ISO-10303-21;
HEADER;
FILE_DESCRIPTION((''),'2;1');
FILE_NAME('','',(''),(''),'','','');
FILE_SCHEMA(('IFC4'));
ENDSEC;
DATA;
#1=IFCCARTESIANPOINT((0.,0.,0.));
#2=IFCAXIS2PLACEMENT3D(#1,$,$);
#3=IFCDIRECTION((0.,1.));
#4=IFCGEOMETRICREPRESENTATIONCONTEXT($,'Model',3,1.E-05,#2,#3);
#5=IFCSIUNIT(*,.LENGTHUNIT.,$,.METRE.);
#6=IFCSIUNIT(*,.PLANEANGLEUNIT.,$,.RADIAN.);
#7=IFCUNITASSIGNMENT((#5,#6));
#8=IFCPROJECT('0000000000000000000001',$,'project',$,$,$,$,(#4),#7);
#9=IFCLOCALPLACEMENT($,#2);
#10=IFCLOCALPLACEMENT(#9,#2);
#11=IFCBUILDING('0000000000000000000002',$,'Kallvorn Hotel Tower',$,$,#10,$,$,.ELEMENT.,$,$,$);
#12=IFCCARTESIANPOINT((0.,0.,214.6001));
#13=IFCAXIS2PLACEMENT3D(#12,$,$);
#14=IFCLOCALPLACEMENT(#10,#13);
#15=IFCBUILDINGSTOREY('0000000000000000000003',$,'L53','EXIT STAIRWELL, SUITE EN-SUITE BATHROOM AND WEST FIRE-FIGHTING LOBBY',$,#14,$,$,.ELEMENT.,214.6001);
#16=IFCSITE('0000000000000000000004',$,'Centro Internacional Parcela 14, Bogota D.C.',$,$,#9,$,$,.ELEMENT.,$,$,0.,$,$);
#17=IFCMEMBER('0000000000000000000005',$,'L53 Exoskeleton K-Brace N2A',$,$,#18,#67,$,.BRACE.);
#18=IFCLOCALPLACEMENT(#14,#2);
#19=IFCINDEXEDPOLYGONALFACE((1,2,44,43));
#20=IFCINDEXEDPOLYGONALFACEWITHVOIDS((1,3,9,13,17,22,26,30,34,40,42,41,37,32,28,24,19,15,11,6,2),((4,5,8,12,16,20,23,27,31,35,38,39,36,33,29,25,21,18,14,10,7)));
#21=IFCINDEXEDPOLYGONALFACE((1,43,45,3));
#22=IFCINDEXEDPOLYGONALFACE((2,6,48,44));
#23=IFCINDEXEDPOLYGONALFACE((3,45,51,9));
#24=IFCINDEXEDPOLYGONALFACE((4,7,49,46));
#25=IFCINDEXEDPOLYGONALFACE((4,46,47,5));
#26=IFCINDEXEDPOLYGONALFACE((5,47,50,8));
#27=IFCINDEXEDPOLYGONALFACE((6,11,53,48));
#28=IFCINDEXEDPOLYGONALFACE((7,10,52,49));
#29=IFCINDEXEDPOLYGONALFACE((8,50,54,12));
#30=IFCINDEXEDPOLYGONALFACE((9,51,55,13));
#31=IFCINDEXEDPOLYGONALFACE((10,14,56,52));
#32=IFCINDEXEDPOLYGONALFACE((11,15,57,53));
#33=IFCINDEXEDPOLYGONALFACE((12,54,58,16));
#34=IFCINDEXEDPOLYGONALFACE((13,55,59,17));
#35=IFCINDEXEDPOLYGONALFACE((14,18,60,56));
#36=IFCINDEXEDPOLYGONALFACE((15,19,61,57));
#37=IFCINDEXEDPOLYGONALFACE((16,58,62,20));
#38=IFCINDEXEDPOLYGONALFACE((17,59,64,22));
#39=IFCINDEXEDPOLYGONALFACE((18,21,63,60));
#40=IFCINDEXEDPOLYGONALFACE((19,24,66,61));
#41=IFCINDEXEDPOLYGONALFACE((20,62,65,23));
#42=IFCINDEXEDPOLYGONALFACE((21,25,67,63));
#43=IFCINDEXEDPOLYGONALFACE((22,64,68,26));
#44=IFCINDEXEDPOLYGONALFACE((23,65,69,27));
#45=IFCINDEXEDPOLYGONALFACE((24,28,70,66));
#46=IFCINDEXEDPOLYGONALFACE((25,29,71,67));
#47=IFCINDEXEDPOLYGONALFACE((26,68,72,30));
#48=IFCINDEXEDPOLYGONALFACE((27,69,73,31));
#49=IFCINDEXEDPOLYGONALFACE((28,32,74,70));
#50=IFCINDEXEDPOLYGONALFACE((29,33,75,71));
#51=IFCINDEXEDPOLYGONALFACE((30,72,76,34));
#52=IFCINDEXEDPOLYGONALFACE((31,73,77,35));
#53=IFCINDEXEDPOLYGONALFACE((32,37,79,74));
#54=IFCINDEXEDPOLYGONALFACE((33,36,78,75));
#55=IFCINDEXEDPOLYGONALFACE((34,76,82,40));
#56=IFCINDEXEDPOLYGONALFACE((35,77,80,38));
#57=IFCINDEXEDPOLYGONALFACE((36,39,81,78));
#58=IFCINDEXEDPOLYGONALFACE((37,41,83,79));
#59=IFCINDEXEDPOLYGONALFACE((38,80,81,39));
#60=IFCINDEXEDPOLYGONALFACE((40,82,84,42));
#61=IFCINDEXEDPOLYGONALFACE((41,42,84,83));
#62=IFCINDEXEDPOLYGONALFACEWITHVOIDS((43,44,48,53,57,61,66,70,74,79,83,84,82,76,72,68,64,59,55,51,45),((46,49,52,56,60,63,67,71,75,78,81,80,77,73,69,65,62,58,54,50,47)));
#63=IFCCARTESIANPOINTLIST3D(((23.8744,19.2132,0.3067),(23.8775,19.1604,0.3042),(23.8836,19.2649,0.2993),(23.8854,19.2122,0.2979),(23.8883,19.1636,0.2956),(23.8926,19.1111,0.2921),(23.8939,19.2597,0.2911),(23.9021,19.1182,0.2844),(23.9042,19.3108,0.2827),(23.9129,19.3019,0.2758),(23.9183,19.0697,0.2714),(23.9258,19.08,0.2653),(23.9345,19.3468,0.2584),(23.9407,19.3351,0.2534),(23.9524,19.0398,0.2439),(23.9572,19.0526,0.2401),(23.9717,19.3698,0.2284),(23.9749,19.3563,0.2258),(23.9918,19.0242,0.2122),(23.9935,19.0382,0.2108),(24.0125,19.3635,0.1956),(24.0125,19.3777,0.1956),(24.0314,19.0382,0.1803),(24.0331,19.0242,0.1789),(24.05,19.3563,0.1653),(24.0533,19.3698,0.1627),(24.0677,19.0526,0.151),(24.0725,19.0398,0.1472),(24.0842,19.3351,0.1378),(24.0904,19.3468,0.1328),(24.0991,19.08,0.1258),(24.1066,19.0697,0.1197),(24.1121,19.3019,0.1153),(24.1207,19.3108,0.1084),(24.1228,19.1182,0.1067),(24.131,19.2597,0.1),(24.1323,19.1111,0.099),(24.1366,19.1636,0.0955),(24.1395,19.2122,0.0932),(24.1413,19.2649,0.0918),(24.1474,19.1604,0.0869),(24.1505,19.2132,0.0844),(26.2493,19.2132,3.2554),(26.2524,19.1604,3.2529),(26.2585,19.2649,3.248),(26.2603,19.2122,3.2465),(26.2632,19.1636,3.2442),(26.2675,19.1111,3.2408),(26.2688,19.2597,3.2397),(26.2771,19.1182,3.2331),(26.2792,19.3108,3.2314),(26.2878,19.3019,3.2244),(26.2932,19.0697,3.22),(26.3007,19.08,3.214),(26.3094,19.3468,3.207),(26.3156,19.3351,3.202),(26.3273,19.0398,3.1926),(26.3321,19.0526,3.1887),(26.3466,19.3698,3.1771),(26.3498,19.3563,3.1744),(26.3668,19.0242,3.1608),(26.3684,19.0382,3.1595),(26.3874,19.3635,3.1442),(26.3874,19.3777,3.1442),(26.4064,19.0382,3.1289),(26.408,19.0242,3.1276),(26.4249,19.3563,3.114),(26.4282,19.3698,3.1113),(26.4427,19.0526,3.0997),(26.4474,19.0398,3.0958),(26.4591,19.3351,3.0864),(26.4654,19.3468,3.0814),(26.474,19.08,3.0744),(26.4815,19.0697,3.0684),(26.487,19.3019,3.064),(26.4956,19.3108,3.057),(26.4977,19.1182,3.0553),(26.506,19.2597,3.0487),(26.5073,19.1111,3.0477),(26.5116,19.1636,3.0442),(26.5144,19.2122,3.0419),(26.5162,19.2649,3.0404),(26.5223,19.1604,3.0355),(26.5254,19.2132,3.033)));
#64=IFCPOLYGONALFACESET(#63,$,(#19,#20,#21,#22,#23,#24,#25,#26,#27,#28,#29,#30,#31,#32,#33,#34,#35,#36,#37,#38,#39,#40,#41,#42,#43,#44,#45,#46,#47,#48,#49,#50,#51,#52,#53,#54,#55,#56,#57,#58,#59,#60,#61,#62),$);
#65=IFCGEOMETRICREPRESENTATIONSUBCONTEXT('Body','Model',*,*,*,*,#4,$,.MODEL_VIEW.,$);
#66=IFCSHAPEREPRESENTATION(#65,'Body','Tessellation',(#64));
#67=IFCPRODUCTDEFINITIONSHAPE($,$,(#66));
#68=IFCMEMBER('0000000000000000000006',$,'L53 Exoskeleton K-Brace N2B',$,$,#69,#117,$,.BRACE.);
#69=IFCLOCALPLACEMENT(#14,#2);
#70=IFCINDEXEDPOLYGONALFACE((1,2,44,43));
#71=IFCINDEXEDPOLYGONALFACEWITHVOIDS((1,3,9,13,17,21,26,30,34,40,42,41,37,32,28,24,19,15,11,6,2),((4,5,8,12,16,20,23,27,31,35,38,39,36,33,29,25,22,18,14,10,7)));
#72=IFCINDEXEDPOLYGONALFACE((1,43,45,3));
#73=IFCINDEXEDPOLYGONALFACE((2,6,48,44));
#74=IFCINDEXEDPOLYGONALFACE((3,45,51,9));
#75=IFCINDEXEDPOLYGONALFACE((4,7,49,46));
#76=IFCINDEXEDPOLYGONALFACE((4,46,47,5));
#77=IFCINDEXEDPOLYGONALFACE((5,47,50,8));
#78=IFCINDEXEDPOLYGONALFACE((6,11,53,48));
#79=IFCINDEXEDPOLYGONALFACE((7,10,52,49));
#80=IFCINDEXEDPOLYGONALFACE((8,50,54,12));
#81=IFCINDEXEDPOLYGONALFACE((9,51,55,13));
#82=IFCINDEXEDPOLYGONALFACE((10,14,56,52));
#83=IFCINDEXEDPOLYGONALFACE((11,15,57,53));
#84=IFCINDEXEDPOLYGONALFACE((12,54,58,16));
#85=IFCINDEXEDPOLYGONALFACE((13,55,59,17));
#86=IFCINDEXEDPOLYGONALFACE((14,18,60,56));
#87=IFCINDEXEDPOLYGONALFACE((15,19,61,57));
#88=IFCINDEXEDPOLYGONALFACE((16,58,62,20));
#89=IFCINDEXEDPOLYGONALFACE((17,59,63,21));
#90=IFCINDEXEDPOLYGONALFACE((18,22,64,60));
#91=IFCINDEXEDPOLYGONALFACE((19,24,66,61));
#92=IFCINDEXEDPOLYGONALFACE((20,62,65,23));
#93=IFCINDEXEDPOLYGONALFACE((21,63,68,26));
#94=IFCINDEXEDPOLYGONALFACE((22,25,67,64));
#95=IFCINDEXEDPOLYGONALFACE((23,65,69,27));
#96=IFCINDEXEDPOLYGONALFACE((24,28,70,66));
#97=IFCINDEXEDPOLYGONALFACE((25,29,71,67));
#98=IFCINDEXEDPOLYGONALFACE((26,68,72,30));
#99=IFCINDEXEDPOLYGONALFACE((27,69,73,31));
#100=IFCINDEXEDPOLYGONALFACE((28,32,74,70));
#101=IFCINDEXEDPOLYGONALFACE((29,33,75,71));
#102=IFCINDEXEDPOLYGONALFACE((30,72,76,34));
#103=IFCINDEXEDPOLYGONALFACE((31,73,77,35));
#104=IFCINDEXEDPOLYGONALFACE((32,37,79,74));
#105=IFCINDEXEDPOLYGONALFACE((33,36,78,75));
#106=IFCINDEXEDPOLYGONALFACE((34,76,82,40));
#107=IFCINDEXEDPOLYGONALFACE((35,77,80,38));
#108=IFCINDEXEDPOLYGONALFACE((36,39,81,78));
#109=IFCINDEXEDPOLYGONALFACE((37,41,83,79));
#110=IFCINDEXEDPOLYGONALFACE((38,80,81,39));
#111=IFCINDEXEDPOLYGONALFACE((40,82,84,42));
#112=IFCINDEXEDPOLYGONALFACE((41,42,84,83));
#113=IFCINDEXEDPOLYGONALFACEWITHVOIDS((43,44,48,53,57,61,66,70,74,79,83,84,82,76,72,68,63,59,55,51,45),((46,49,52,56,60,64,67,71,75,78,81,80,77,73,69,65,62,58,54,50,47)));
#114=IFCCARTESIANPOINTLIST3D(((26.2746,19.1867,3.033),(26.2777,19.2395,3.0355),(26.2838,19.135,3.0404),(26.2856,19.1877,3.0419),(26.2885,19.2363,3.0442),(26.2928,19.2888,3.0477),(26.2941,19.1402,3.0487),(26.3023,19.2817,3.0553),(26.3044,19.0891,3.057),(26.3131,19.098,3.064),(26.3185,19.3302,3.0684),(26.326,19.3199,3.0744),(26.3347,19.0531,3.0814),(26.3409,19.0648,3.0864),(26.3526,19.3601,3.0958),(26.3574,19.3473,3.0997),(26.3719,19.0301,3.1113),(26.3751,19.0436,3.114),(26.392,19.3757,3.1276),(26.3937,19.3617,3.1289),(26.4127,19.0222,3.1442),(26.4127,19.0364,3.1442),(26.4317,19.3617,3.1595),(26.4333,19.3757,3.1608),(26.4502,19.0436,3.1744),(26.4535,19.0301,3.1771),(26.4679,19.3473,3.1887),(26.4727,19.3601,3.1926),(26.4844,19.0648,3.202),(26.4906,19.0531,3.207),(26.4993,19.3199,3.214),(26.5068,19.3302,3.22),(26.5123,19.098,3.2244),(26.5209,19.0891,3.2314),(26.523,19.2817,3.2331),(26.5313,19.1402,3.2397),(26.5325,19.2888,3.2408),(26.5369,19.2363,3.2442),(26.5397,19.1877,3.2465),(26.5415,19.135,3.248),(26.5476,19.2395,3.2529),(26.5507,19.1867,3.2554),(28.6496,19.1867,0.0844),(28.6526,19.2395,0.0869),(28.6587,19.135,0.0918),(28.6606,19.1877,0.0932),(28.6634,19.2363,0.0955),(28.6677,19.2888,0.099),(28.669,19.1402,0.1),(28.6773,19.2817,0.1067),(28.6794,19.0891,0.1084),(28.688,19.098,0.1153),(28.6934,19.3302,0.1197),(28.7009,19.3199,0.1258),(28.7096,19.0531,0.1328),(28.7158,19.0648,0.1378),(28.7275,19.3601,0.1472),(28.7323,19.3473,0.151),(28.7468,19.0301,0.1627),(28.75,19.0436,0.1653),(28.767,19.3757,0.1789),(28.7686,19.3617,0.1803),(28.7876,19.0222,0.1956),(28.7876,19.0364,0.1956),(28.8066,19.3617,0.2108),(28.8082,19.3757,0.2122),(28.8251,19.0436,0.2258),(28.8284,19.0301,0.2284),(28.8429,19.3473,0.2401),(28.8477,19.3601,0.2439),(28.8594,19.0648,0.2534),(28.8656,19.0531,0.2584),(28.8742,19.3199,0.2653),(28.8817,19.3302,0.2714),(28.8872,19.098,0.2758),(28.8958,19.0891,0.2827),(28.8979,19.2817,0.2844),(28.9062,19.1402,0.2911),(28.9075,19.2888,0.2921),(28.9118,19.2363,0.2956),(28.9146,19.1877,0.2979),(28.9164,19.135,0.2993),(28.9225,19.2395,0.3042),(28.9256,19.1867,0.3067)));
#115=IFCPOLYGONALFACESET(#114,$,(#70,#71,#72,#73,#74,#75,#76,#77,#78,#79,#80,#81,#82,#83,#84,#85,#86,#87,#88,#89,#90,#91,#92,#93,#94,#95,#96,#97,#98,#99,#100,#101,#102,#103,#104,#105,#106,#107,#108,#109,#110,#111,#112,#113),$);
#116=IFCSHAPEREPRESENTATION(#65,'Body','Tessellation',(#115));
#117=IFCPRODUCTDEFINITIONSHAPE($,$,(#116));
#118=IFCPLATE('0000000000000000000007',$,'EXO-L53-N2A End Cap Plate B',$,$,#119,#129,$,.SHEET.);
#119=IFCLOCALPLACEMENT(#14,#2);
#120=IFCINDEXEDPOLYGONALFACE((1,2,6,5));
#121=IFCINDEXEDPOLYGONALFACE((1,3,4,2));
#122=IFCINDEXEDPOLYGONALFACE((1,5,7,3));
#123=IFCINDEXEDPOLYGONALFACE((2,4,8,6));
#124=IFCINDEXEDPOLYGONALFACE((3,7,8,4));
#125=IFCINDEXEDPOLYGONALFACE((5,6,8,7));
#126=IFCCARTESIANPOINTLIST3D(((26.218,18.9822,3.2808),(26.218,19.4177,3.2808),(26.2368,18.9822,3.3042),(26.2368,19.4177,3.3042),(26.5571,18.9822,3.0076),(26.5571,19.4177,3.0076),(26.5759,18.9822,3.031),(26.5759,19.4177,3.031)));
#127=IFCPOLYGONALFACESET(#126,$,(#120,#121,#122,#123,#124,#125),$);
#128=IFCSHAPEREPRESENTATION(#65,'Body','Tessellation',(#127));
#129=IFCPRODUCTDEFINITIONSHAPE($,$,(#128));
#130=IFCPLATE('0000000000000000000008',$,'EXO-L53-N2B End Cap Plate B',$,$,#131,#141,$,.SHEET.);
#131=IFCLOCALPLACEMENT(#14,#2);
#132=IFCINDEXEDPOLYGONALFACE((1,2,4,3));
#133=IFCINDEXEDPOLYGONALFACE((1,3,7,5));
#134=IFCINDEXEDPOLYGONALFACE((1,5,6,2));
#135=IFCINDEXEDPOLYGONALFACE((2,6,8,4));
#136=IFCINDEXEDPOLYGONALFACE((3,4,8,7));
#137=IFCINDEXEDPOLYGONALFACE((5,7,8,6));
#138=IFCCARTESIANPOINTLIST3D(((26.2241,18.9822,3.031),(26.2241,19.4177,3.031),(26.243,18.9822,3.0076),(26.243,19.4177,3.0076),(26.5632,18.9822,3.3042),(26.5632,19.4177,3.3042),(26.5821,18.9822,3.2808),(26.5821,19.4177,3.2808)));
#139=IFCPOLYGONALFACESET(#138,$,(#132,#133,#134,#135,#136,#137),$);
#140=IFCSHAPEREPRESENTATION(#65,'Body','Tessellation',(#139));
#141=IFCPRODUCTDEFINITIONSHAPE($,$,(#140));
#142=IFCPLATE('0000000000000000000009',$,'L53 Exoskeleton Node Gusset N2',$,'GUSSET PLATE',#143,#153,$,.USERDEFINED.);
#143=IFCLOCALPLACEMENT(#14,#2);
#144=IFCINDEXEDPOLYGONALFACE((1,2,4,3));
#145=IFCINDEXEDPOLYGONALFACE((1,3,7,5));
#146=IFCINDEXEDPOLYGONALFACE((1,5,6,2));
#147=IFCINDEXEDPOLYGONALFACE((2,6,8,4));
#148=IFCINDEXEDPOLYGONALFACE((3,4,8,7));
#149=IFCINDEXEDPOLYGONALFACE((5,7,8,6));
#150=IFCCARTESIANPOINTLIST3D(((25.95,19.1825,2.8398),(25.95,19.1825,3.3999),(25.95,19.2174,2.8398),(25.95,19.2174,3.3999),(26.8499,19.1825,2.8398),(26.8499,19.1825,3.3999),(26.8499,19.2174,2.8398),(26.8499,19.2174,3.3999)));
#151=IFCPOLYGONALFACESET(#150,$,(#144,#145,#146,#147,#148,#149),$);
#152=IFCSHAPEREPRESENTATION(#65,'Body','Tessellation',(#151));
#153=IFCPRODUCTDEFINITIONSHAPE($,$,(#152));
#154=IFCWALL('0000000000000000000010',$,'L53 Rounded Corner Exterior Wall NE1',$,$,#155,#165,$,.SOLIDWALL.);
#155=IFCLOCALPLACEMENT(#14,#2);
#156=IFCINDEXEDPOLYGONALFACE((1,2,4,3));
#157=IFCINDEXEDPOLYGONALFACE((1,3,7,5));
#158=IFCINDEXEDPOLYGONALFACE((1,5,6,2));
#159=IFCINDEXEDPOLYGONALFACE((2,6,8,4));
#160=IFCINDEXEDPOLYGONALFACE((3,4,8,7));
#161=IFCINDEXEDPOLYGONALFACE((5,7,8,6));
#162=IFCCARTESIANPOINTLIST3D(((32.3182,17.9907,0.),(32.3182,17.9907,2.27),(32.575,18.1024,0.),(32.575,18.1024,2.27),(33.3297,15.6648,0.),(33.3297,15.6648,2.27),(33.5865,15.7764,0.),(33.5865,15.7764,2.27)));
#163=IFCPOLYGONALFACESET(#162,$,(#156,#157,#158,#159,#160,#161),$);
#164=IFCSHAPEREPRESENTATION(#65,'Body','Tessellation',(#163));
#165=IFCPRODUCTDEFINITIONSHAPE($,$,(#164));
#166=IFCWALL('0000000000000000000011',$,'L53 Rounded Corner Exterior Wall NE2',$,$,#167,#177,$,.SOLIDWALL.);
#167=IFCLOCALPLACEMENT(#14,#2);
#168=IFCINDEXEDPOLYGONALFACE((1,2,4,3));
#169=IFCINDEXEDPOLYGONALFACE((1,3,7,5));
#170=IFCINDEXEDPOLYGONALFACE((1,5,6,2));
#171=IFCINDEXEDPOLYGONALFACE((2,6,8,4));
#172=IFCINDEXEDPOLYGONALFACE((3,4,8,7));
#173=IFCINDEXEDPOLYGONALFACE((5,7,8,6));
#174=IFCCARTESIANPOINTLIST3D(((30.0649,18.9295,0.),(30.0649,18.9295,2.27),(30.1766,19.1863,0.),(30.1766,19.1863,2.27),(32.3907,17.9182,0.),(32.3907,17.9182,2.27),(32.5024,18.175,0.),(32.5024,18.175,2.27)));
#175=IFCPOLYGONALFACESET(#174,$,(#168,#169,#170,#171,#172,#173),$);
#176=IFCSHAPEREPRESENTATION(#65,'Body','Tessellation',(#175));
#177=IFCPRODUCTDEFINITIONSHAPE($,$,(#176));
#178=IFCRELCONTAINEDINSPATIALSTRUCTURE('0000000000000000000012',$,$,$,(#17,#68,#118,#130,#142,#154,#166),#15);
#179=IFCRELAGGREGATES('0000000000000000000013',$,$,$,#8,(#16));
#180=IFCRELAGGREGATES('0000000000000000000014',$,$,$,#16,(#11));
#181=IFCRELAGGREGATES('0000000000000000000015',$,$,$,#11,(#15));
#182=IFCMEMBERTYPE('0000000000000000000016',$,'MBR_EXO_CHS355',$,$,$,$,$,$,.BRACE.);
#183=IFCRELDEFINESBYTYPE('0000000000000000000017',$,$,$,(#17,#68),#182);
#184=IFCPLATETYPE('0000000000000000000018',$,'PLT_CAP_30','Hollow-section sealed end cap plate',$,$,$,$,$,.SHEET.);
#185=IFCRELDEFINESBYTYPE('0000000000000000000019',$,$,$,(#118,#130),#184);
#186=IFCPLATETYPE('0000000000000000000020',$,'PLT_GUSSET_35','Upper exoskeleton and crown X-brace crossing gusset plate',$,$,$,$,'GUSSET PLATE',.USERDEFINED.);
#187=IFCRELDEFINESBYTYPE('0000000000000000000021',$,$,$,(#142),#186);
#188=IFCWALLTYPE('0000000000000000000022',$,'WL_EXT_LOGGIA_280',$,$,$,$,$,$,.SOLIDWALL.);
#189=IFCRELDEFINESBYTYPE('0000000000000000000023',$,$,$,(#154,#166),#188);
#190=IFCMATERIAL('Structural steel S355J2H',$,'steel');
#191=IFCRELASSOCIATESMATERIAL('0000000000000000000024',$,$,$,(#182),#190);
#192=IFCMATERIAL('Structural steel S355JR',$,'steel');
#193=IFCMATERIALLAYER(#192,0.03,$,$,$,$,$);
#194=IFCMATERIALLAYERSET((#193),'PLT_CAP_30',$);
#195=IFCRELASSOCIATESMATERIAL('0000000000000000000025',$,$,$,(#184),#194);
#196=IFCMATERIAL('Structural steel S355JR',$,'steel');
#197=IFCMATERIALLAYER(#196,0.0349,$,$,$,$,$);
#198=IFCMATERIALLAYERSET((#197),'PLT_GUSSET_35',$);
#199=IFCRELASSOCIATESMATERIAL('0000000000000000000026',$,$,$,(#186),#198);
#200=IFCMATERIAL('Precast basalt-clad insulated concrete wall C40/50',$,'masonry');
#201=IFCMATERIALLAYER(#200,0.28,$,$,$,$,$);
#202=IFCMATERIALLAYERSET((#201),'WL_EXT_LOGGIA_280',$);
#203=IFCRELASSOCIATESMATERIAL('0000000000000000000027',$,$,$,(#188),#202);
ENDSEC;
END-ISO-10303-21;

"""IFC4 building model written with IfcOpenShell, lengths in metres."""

from ifc_helpers import new_model, si_unit, direction, frame, frame_2d, origin, origin_2d, place, context, subcontext, project, spatial, polyline, rectangle, hollow_circle, outline, extrude, material, layer, layer_set, material_profile, profile_set, type_object, element, save


model = new_model("IFC4")

# Units and contexts
model_context = context("Model", 3, precision=1e-05, world=origin(), true_north=direction((0.0, 1.0)))
body_context = subcontext(model_context, "Body", "Model", "MODEL_VIEW")
ifc_project = project(units=[si_unit("LENGTHUNIT", "METRE"), si_unit("PLANEANGLEUNIT", "RADIAN")], contexts=[model_context])

# Site, building, storey
site_placement = place(None, origin())
site = spatial("IfcSite", under=ifc_project, at=site_placement, Name="Centro Internacional Parcela 14, Bogota D.C.", CompositionType="ELEMENT", RefElevation=0.0)
building_placement = place(site_placement, origin())
building = spatial("IfcBuilding", under=site, at=building_placement, Name="Kallvorn Hotel Tower", CompositionType="ELEMENT")
storey_placement = place(building_placement, frame((0.0, 0.0, 214.6001)))
storey = spatial("IfcBuildingStorey", under=building, at=storey_placement, Name="L53", Description="EXIT STAIRWELL, SUITE EN-SUITE BATHROOM AND WEST FIRE-FIGHTING LOBBY", CompositionType="ELEMENT", Elevation=214.6001)

# Members
ifc_material_1 = material(Name="Structural steel S355J2H", Category="steel")
ifc_material_profile_1 = material_profile(ifc_material_1, hollow_circle(Radius=0.1777, WallThickness=0.0142, at=origin_2d()), Name="CHS 355.6x14.2")
ifc_profile_set_1 = profile_set([ifc_material_profile_1], Name="Structural steel S355J2H")
member_type_1 = type_object("IfcMemberType", Name="MBR_EXO_CHS355", PredefinedType="BRACE", material=ifc_profile_set_1)
for number, where, z_axis, x_axis, name in (
    (1, (24.0125, 19.2, 0.1956), (0.627271, 0.0, 0.778801), (0.0, 1.0, 0.0), "L53 Exoskeleton K-Brace N2A"),
    (2, (28.7876, 19.2, 0.1956), (-0.627271, 0.0, 0.778801), (0.0, -1.0, 0.0), "L53 Exoskeleton K-Brace N2B"),
):
    element("IfcMember", number, at=place(storey_placement, frame(where, z_axis=z_axis, x_axis=x_axis)), inside=storey, type_object=member_type_1, Name=name, PredefinedType="BRACE", context=body_context, shape_type="SweptSolid", body=[
        extrude(hollow_circle(Radius=0.1777, WallThickness=0.0142, at=origin_2d()), origin(), (0.0, 0.0, 1.0), 3.7861),
    ])

# Plates
ifc_material_2 = material(Name="Structural steel S355JR", Category="steel")
ifc_layer_1 = layer(ifc_material_2, 0.03)
ifc_layer_set_1 = layer_set([ifc_layer_1], Name="PLT_CAP_30")
plate_type_1 = type_object("IfcPlateType", Name="PLT_CAP_30", Description="Hollow-section sealed end cap plate", PredefinedType="SHEET", material=ifc_layer_set_1)
for number, where, z_axis, x_axis, name in (
    (3, (26.5759, 18.9822, 3.031), (0.627358, 0.0, 0.778731), (0.0, 1.0, 0.0), "EXO-L53-N2A End Cap Plate B"),
    (4, (26.2241, 19.4177, 3.031), (-0.627358, 0.0, 0.778731), (0.0, -1.0, 0.0), "EXO-L53-N2B End Cap Plate B"),
):
    element("IfcPlate", number, at=place(storey_placement, frame(where, z_axis=z_axis, x_axis=x_axis)), inside=storey, type_object=plate_type_1, Name=name, PredefinedType="SHEET", context=body_context, shape_type="SweptSolid", body=[
        extrude(outline(polyline([(0.0, 0.0), (0.4355, 0.0), (0.4355, 0.4355), (0.0, 0.4355), (0.0, 0.0)])), origin(), (0.0, 0.0, -1.0), 0.03),
    ])
ifc_material_3 = material(Name="Structural steel S355JR", Category="steel")
ifc_layer_2 = layer(ifc_material_3, 0.0349)
ifc_layer_set_2 = layer_set([ifc_layer_2], Name="PLT_GUSSET_35")
plate_type_2 = type_object("IfcPlateType", Name="PLT_GUSSET_35", Description="Upper exoskeleton and crown X-brace crossing gusset plate", ElementType="GUSSET PLATE", PredefinedType="USERDEFINED", material=ifc_layer_set_2)
plate_placement = place(storey_placement, frame((26.3999, 19.2, 2.8398), z_axis=(0.0, 0.0, 1.0), x_axis=(1.0, 0.0, 0.0)))
element("IfcPlate", 5, at=plate_placement, inside=storey, type_object=plate_type_2, Name="L53 Exoskeleton Node Gusset N2", ObjectType="GUSSET PLATE", PredefinedType="USERDEFINED", context=body_context, shape_type="SweptSolid", body=[
    extrude(rectangle(XDim=0.8999, YDim=0.0349, at=origin_2d()), origin(), (0.0, 0.0, 1.0), 0.5601),
])

# Walls
ifc_material_4 = material(Name="Precast basalt-clad insulated concrete wall C40/50", Category="masonry")
ifc_layer_3 = layer(ifc_material_4, 0.28)
ifc_layer_set_3 = layer_set([ifc_layer_3], Name="WL_EXT_LOGGIA_280")
wall_type = type_object("IfcWallType", Name="WL_EXT_LOGGIA_280", PredefinedType="SOLIDWALL", material=ifc_layer_set_3)
wall_1_placement = place(storey_placement, frame((33.458, 15.7207, 0.0), z_axis=(0.0, 0.0, 1.0), x_axis=(-0.398793, 0.917041, 0.0)))
element("IfcWall", 6, at=wall_1_placement, inside=storey, type_object=wall_type, Name="L53 Rounded Corner Exterior Wall NE1", PredefinedType="SOLIDWALL", context=body_context, shape_type="SweptSolid", body=[
    extrude(rectangle(XDim=2.5364, YDim=0.28, at=frame_2d((1.2681, 0.0))), origin(), (0.0, 0.0, 1.0), 2.27),
])
wall_2_placement = place(storey_placement, frame((32.4465, 18.0466, 0.0), z_axis=(0.0, 0.0, 1.0), x_axis=(-0.917061, 0.398747, 0.0)))
element("IfcWall", 7, at=wall_2_placement, inside=storey, type_object=wall_type, Name="L53 Rounded Corner Exterior Wall NE2", PredefinedType="SOLIDWALL", context=body_context, shape_type="SweptSolid", body=[
    extrude(rectangle(XDim=2.5361, YDim=0.28, at=frame_2d((1.2681, 0.0))), origin(), (0.0, 0.0, 1.0), 2.27),
])

save(model, "model.ifc")
